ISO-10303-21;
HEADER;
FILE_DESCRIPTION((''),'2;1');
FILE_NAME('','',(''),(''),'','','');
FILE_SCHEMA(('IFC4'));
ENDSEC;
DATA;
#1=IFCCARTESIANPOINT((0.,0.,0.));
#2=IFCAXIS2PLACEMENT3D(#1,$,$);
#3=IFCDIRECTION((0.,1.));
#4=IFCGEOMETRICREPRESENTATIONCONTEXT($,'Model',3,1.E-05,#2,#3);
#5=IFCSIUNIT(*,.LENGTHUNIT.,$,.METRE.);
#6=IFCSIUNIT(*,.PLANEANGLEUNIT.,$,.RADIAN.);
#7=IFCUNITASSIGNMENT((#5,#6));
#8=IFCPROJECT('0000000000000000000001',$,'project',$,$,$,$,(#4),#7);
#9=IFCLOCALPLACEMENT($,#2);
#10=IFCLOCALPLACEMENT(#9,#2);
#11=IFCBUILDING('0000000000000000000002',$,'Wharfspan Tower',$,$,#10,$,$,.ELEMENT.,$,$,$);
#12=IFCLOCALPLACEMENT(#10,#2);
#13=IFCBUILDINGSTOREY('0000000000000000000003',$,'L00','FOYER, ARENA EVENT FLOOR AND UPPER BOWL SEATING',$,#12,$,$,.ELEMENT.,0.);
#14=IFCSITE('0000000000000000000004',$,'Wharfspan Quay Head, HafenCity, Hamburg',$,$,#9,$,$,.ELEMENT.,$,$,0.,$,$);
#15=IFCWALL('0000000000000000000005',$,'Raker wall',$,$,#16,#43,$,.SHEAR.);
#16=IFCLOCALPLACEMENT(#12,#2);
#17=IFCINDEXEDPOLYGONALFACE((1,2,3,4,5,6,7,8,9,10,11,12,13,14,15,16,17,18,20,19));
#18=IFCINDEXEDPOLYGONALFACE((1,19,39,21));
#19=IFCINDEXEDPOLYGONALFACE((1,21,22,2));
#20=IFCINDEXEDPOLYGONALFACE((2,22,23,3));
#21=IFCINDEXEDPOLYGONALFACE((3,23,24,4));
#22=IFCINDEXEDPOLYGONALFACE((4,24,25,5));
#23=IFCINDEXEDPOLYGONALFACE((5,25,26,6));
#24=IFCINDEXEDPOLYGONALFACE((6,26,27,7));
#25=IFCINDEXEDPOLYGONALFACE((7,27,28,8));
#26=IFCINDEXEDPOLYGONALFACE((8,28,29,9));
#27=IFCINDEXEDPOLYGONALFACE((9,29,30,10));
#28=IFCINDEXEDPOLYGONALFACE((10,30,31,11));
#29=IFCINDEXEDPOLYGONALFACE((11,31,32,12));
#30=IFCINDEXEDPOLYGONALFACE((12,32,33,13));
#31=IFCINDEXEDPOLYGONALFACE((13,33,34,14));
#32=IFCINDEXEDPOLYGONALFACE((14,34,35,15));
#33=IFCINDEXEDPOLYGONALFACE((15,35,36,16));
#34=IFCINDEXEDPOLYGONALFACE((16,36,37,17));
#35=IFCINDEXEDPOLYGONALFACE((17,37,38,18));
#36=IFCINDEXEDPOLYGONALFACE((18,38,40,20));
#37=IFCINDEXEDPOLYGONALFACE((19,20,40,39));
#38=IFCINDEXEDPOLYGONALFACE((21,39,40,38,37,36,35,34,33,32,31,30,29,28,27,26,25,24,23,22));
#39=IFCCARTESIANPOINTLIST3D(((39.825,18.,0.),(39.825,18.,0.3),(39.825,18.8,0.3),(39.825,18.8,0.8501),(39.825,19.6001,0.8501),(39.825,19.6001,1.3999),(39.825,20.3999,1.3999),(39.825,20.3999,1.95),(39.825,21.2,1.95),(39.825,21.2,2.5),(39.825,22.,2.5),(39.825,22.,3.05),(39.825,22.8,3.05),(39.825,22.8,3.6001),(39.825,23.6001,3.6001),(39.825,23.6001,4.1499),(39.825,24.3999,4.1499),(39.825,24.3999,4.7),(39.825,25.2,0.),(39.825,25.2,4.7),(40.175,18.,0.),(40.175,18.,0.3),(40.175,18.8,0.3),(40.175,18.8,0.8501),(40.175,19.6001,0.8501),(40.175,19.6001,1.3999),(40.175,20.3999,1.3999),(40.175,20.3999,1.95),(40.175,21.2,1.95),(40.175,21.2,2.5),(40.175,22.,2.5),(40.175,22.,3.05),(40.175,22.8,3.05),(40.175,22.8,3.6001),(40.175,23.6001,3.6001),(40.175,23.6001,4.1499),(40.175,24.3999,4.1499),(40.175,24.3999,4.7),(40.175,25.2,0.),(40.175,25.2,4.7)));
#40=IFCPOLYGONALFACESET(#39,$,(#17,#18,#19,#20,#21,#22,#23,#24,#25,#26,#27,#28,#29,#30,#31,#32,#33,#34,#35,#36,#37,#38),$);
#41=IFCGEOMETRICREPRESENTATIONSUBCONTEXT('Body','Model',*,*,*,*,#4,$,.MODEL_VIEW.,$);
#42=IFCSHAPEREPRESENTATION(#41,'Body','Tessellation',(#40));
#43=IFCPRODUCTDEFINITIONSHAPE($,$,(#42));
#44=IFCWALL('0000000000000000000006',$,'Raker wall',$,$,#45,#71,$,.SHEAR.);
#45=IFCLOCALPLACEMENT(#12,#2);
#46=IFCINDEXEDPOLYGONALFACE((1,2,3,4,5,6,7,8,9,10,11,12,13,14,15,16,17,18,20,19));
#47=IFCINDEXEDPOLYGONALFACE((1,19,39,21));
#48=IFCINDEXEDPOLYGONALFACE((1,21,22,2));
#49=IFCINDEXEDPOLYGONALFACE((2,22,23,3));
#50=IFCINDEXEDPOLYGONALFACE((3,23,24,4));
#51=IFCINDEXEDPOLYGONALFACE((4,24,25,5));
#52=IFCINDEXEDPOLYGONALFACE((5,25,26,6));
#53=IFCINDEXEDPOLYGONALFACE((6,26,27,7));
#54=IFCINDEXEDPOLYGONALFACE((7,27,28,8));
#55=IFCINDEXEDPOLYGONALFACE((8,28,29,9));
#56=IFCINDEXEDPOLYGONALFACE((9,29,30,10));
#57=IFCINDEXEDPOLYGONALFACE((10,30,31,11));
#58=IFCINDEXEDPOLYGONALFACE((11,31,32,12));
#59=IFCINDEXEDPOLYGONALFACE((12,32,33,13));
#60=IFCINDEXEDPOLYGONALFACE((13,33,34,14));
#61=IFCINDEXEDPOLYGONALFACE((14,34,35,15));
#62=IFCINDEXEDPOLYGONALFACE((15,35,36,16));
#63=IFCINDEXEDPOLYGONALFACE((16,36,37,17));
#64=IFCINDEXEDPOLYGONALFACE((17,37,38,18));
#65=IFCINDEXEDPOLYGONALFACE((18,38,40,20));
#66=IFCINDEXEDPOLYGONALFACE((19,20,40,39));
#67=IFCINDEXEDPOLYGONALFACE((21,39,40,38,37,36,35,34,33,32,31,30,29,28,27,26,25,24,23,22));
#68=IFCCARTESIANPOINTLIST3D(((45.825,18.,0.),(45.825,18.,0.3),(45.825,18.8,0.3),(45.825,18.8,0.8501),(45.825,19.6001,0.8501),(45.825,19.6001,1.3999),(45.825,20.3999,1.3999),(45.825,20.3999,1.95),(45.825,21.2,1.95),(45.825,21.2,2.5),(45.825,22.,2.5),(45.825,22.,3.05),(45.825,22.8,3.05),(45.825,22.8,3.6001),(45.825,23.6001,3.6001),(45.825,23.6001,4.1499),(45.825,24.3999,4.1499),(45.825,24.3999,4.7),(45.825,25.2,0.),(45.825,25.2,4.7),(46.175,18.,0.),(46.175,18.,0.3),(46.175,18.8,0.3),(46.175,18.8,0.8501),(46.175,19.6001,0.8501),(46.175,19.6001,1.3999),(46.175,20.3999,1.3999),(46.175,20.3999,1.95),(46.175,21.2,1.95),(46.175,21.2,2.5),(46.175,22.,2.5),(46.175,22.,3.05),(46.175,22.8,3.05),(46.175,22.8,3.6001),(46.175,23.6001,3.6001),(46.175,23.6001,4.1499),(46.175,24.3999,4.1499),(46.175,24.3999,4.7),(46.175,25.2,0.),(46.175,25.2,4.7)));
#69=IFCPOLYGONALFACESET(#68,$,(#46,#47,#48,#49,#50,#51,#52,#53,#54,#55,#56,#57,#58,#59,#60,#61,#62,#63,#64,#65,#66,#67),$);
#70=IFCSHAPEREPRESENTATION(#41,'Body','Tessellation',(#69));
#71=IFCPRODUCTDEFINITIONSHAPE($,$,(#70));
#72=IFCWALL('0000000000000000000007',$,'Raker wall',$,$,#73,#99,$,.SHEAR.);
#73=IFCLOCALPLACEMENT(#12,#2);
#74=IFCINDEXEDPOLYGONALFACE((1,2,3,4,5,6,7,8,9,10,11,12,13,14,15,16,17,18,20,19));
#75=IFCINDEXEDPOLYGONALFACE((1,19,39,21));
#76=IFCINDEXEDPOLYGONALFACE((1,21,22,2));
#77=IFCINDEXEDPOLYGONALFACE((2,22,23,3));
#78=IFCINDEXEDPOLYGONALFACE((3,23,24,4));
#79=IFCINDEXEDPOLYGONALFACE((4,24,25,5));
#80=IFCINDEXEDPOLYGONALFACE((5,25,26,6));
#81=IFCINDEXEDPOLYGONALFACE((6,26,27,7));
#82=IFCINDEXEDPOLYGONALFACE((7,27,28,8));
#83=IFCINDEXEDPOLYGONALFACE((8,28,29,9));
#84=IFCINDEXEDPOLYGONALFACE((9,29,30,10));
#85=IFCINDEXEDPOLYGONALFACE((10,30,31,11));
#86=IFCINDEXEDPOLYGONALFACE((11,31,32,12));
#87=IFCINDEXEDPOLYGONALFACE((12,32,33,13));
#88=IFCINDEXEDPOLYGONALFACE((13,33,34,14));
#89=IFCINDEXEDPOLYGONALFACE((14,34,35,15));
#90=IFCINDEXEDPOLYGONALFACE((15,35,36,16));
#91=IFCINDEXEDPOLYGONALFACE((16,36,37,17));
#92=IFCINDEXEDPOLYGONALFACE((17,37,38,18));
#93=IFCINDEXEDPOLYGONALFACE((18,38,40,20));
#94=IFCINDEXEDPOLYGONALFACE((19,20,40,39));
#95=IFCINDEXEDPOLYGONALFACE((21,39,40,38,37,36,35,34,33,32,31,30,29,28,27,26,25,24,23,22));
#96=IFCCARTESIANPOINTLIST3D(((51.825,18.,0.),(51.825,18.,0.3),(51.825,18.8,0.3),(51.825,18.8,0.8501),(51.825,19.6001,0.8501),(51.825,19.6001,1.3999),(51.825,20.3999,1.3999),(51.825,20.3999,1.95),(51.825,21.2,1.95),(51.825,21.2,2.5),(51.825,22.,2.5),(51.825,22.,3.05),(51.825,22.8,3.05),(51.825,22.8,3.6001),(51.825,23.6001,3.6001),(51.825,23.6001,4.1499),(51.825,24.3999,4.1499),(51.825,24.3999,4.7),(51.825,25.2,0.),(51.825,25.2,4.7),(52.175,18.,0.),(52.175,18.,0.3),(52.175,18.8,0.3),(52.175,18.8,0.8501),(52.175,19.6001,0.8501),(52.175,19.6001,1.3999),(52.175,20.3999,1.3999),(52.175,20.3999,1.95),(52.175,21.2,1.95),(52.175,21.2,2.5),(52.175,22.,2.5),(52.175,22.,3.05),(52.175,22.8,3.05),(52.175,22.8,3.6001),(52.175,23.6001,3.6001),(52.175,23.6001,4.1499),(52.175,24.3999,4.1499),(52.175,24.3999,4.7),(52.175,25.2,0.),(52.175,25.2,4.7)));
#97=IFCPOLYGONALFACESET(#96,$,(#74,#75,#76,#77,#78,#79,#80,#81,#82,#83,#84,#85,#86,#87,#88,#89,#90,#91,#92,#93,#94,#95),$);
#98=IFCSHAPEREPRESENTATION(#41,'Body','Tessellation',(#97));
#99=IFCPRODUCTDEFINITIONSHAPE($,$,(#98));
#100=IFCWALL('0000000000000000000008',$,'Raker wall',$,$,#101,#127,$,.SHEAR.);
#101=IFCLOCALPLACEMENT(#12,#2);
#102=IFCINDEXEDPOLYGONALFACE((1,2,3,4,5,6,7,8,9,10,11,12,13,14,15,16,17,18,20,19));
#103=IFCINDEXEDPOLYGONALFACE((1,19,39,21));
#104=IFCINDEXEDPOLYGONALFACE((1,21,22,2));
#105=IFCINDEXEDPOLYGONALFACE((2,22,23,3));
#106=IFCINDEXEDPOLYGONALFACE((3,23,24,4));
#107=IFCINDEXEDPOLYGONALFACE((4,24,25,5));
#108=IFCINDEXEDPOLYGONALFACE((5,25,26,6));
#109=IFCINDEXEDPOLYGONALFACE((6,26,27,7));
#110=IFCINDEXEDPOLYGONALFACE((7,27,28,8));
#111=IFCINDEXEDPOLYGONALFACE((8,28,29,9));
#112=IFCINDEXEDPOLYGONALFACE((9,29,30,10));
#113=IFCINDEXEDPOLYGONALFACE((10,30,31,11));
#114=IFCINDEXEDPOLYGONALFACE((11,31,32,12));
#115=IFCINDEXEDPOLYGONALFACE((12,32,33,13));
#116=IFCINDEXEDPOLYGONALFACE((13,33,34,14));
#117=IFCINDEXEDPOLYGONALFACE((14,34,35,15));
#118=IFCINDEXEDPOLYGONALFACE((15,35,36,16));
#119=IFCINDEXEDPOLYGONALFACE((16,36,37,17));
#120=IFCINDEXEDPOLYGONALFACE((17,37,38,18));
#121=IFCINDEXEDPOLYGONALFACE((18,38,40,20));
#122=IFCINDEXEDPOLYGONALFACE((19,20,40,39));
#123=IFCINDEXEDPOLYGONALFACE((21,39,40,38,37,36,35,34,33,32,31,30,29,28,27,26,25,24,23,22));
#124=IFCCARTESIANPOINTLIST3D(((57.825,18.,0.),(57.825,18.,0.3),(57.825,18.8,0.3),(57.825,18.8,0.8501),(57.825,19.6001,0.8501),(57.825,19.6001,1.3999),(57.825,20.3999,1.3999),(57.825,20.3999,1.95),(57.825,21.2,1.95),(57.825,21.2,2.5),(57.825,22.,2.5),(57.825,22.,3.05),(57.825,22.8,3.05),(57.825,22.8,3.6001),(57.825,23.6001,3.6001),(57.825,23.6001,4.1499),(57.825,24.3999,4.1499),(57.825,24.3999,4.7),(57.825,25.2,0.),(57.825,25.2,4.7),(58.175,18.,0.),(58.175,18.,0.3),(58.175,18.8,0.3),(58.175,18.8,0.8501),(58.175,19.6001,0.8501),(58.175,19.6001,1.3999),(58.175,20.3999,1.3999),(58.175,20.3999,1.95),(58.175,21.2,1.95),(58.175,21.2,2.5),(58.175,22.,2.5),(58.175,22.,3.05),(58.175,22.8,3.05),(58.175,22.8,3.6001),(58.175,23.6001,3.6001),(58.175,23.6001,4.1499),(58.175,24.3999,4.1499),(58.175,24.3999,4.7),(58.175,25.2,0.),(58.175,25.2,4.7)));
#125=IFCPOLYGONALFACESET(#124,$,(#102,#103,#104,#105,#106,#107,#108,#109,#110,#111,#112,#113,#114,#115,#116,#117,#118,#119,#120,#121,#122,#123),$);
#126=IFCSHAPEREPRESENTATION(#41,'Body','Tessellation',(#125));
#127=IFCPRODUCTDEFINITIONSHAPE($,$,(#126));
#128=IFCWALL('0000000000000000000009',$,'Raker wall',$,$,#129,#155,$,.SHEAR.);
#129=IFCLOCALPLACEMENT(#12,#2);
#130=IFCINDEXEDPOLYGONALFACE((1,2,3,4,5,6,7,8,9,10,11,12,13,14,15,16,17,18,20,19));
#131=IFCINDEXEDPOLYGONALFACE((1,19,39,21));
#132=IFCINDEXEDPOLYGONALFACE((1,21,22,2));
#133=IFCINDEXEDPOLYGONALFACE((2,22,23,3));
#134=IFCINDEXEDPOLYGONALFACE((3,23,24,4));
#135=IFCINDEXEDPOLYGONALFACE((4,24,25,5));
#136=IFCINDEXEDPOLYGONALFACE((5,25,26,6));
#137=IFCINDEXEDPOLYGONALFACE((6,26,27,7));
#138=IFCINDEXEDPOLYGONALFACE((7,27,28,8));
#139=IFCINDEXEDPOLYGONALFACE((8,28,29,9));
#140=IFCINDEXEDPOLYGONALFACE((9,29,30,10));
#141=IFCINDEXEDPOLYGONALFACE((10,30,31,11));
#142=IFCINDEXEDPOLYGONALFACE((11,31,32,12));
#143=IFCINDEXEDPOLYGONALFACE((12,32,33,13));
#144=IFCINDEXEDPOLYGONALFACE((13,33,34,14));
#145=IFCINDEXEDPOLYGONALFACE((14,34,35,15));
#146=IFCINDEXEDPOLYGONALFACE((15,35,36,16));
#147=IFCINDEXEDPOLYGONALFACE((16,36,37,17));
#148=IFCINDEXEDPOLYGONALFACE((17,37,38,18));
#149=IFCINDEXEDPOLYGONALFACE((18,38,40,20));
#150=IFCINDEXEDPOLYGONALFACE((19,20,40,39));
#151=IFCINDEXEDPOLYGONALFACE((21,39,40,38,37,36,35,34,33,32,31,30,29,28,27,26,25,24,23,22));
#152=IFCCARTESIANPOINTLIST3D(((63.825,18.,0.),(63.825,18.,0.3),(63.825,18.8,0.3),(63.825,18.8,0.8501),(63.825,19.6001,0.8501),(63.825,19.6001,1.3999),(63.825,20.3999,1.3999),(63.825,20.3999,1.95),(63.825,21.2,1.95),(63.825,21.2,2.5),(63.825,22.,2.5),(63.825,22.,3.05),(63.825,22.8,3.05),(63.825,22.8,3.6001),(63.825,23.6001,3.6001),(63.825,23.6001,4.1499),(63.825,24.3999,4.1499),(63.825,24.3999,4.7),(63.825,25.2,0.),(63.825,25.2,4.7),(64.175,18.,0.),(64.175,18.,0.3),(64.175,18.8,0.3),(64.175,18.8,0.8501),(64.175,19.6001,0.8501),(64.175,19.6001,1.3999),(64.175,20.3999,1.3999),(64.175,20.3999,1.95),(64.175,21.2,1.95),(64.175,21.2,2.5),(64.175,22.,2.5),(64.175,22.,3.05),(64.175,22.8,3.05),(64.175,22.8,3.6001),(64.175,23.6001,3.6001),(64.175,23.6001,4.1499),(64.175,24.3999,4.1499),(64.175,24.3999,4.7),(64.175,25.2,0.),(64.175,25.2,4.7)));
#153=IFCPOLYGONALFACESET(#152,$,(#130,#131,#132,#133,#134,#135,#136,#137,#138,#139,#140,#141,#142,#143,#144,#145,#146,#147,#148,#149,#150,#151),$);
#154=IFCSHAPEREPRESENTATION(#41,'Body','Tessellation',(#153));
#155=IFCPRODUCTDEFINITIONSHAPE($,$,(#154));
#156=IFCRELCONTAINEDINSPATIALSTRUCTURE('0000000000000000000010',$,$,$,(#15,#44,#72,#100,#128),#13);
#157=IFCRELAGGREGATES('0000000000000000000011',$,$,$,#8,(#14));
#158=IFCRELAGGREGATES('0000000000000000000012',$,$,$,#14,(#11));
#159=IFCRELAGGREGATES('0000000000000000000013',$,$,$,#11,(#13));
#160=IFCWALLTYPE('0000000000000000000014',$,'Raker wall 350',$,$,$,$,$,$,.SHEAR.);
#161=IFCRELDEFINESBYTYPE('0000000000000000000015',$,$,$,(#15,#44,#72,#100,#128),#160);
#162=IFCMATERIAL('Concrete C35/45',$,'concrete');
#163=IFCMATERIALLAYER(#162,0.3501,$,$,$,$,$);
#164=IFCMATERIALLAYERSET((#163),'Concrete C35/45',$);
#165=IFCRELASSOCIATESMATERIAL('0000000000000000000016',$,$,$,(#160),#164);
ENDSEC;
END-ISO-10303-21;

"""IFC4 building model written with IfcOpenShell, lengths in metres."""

from ifc_helpers import new_model, si_unit, direction, frame, origin, place, context, subcontext, project, spatial, polyline, outline, extrude, material, layer, layer_set, type_object, element, save


model = new_model("IFC4")

# Units and contexts
model_context = context("Model", 3, precision=1e-05, world=origin(), true_north=direction((0.0, 1.0)))
body_context = subcontext(model_context, "Body", "Model", "MODEL_VIEW")
ifc_project = project(units=[si_unit("LENGTHUNIT", "METRE"), si_unit("PLANEANGLEUNIT", "RADIAN")], contexts=[model_context])

# Site, building, storey
site_placement = place(None, origin())
site = spatial("IfcSite", under=ifc_project, at=site_placement, Name="Wharfspan Quay Head, HafenCity, Hamburg", CompositionType="ELEMENT", RefElevation=0.0)
building_placement = place(site_placement, origin())
building = spatial("IfcBuilding", under=site, at=building_placement, Name="Wharfspan Tower", CompositionType="ELEMENT")
storey_placement = place(building_placement, origin())
storey = spatial("IfcBuildingStorey", under=building, at=storey_placement, Name="L00", Description="FOYER, ARENA EVENT FLOOR AND UPPER BOWL SEATING", CompositionType="ELEMENT", Elevation=0.0)

# Walls
ifc_material_1 = material(Name="Concrete C35/45", Category="concrete")
ifc_layer_1 = layer(ifc_material_1, 0.3501)
ifc_layer_set_1 = layer_set([ifc_layer_1], Name="Concrete C35/45")
wall_type_1 = type_object("IfcWallType", Name="Raker wall 350", PredefinedType="SHEAR", material=ifc_layer_set_1)
for number, where, z_axis, x_axis, name in (
    (1, (40.0, 18.0, 0.0), (0.0, 0.0, 1.0), (0.0, 1.0, 0.0), "Raker wall"),
    (2, (46.0, 18.0, 0.0), (0.0, 0.0, 1.0), (0.0, 1.0, 0.0), "Raker wall"),
    (3, (52.0, 18.0, 0.0), (0.0, 0.0, 1.0), (0.0, 1.0, 0.0), "Raker wall"),
    (4, (58.0, 18.0, 0.0), (0.0, 0.0, 1.0), (0.0, 1.0, 0.0), "Raker wall"),
    (5, (64.0, 18.0, 0.0), (0.0, 0.0, 1.0), (0.0, 1.0, 0.0), "Raker wall"),
):
    element("IfcWall", number, at=place(storey_placement, frame(where, z_axis=z_axis, x_axis=x_axis)), inside=storey, type_object=wall_type_1, Name=name, PredefinedType="SHEAR", context=body_context, shape_type="SweptSolid", body=[
        extrude(outline(polyline([(0.0, 0.0), (7.2, 0.0), (7.2, 4.7), (6.3999, 4.7), (6.3999, 4.1499), (5.6001, 4.1499), (5.6001, 3.6001), (4.8, 3.6001), (4.8, 3.05), (4.0, 3.05), (4.0, 2.5), (3.2, 2.5), (3.2, 1.95), (2.3999, 1.95), (2.3999, 1.3999), (1.6001, 1.3999), (1.6001, 0.8501), (0.8, 0.8501), (0.8, 0.3), (0.0, 0.3), (0.0, 0.0)])), frame((0.0, 0.175, 0.0), z_axis=(0.0, -1.0, 0.0), x_axis=(1.0, 0.0, 0.0)), (0.0, 0.0, 1.0), 0.3501),
    ])

save(model, "model.ifc")
